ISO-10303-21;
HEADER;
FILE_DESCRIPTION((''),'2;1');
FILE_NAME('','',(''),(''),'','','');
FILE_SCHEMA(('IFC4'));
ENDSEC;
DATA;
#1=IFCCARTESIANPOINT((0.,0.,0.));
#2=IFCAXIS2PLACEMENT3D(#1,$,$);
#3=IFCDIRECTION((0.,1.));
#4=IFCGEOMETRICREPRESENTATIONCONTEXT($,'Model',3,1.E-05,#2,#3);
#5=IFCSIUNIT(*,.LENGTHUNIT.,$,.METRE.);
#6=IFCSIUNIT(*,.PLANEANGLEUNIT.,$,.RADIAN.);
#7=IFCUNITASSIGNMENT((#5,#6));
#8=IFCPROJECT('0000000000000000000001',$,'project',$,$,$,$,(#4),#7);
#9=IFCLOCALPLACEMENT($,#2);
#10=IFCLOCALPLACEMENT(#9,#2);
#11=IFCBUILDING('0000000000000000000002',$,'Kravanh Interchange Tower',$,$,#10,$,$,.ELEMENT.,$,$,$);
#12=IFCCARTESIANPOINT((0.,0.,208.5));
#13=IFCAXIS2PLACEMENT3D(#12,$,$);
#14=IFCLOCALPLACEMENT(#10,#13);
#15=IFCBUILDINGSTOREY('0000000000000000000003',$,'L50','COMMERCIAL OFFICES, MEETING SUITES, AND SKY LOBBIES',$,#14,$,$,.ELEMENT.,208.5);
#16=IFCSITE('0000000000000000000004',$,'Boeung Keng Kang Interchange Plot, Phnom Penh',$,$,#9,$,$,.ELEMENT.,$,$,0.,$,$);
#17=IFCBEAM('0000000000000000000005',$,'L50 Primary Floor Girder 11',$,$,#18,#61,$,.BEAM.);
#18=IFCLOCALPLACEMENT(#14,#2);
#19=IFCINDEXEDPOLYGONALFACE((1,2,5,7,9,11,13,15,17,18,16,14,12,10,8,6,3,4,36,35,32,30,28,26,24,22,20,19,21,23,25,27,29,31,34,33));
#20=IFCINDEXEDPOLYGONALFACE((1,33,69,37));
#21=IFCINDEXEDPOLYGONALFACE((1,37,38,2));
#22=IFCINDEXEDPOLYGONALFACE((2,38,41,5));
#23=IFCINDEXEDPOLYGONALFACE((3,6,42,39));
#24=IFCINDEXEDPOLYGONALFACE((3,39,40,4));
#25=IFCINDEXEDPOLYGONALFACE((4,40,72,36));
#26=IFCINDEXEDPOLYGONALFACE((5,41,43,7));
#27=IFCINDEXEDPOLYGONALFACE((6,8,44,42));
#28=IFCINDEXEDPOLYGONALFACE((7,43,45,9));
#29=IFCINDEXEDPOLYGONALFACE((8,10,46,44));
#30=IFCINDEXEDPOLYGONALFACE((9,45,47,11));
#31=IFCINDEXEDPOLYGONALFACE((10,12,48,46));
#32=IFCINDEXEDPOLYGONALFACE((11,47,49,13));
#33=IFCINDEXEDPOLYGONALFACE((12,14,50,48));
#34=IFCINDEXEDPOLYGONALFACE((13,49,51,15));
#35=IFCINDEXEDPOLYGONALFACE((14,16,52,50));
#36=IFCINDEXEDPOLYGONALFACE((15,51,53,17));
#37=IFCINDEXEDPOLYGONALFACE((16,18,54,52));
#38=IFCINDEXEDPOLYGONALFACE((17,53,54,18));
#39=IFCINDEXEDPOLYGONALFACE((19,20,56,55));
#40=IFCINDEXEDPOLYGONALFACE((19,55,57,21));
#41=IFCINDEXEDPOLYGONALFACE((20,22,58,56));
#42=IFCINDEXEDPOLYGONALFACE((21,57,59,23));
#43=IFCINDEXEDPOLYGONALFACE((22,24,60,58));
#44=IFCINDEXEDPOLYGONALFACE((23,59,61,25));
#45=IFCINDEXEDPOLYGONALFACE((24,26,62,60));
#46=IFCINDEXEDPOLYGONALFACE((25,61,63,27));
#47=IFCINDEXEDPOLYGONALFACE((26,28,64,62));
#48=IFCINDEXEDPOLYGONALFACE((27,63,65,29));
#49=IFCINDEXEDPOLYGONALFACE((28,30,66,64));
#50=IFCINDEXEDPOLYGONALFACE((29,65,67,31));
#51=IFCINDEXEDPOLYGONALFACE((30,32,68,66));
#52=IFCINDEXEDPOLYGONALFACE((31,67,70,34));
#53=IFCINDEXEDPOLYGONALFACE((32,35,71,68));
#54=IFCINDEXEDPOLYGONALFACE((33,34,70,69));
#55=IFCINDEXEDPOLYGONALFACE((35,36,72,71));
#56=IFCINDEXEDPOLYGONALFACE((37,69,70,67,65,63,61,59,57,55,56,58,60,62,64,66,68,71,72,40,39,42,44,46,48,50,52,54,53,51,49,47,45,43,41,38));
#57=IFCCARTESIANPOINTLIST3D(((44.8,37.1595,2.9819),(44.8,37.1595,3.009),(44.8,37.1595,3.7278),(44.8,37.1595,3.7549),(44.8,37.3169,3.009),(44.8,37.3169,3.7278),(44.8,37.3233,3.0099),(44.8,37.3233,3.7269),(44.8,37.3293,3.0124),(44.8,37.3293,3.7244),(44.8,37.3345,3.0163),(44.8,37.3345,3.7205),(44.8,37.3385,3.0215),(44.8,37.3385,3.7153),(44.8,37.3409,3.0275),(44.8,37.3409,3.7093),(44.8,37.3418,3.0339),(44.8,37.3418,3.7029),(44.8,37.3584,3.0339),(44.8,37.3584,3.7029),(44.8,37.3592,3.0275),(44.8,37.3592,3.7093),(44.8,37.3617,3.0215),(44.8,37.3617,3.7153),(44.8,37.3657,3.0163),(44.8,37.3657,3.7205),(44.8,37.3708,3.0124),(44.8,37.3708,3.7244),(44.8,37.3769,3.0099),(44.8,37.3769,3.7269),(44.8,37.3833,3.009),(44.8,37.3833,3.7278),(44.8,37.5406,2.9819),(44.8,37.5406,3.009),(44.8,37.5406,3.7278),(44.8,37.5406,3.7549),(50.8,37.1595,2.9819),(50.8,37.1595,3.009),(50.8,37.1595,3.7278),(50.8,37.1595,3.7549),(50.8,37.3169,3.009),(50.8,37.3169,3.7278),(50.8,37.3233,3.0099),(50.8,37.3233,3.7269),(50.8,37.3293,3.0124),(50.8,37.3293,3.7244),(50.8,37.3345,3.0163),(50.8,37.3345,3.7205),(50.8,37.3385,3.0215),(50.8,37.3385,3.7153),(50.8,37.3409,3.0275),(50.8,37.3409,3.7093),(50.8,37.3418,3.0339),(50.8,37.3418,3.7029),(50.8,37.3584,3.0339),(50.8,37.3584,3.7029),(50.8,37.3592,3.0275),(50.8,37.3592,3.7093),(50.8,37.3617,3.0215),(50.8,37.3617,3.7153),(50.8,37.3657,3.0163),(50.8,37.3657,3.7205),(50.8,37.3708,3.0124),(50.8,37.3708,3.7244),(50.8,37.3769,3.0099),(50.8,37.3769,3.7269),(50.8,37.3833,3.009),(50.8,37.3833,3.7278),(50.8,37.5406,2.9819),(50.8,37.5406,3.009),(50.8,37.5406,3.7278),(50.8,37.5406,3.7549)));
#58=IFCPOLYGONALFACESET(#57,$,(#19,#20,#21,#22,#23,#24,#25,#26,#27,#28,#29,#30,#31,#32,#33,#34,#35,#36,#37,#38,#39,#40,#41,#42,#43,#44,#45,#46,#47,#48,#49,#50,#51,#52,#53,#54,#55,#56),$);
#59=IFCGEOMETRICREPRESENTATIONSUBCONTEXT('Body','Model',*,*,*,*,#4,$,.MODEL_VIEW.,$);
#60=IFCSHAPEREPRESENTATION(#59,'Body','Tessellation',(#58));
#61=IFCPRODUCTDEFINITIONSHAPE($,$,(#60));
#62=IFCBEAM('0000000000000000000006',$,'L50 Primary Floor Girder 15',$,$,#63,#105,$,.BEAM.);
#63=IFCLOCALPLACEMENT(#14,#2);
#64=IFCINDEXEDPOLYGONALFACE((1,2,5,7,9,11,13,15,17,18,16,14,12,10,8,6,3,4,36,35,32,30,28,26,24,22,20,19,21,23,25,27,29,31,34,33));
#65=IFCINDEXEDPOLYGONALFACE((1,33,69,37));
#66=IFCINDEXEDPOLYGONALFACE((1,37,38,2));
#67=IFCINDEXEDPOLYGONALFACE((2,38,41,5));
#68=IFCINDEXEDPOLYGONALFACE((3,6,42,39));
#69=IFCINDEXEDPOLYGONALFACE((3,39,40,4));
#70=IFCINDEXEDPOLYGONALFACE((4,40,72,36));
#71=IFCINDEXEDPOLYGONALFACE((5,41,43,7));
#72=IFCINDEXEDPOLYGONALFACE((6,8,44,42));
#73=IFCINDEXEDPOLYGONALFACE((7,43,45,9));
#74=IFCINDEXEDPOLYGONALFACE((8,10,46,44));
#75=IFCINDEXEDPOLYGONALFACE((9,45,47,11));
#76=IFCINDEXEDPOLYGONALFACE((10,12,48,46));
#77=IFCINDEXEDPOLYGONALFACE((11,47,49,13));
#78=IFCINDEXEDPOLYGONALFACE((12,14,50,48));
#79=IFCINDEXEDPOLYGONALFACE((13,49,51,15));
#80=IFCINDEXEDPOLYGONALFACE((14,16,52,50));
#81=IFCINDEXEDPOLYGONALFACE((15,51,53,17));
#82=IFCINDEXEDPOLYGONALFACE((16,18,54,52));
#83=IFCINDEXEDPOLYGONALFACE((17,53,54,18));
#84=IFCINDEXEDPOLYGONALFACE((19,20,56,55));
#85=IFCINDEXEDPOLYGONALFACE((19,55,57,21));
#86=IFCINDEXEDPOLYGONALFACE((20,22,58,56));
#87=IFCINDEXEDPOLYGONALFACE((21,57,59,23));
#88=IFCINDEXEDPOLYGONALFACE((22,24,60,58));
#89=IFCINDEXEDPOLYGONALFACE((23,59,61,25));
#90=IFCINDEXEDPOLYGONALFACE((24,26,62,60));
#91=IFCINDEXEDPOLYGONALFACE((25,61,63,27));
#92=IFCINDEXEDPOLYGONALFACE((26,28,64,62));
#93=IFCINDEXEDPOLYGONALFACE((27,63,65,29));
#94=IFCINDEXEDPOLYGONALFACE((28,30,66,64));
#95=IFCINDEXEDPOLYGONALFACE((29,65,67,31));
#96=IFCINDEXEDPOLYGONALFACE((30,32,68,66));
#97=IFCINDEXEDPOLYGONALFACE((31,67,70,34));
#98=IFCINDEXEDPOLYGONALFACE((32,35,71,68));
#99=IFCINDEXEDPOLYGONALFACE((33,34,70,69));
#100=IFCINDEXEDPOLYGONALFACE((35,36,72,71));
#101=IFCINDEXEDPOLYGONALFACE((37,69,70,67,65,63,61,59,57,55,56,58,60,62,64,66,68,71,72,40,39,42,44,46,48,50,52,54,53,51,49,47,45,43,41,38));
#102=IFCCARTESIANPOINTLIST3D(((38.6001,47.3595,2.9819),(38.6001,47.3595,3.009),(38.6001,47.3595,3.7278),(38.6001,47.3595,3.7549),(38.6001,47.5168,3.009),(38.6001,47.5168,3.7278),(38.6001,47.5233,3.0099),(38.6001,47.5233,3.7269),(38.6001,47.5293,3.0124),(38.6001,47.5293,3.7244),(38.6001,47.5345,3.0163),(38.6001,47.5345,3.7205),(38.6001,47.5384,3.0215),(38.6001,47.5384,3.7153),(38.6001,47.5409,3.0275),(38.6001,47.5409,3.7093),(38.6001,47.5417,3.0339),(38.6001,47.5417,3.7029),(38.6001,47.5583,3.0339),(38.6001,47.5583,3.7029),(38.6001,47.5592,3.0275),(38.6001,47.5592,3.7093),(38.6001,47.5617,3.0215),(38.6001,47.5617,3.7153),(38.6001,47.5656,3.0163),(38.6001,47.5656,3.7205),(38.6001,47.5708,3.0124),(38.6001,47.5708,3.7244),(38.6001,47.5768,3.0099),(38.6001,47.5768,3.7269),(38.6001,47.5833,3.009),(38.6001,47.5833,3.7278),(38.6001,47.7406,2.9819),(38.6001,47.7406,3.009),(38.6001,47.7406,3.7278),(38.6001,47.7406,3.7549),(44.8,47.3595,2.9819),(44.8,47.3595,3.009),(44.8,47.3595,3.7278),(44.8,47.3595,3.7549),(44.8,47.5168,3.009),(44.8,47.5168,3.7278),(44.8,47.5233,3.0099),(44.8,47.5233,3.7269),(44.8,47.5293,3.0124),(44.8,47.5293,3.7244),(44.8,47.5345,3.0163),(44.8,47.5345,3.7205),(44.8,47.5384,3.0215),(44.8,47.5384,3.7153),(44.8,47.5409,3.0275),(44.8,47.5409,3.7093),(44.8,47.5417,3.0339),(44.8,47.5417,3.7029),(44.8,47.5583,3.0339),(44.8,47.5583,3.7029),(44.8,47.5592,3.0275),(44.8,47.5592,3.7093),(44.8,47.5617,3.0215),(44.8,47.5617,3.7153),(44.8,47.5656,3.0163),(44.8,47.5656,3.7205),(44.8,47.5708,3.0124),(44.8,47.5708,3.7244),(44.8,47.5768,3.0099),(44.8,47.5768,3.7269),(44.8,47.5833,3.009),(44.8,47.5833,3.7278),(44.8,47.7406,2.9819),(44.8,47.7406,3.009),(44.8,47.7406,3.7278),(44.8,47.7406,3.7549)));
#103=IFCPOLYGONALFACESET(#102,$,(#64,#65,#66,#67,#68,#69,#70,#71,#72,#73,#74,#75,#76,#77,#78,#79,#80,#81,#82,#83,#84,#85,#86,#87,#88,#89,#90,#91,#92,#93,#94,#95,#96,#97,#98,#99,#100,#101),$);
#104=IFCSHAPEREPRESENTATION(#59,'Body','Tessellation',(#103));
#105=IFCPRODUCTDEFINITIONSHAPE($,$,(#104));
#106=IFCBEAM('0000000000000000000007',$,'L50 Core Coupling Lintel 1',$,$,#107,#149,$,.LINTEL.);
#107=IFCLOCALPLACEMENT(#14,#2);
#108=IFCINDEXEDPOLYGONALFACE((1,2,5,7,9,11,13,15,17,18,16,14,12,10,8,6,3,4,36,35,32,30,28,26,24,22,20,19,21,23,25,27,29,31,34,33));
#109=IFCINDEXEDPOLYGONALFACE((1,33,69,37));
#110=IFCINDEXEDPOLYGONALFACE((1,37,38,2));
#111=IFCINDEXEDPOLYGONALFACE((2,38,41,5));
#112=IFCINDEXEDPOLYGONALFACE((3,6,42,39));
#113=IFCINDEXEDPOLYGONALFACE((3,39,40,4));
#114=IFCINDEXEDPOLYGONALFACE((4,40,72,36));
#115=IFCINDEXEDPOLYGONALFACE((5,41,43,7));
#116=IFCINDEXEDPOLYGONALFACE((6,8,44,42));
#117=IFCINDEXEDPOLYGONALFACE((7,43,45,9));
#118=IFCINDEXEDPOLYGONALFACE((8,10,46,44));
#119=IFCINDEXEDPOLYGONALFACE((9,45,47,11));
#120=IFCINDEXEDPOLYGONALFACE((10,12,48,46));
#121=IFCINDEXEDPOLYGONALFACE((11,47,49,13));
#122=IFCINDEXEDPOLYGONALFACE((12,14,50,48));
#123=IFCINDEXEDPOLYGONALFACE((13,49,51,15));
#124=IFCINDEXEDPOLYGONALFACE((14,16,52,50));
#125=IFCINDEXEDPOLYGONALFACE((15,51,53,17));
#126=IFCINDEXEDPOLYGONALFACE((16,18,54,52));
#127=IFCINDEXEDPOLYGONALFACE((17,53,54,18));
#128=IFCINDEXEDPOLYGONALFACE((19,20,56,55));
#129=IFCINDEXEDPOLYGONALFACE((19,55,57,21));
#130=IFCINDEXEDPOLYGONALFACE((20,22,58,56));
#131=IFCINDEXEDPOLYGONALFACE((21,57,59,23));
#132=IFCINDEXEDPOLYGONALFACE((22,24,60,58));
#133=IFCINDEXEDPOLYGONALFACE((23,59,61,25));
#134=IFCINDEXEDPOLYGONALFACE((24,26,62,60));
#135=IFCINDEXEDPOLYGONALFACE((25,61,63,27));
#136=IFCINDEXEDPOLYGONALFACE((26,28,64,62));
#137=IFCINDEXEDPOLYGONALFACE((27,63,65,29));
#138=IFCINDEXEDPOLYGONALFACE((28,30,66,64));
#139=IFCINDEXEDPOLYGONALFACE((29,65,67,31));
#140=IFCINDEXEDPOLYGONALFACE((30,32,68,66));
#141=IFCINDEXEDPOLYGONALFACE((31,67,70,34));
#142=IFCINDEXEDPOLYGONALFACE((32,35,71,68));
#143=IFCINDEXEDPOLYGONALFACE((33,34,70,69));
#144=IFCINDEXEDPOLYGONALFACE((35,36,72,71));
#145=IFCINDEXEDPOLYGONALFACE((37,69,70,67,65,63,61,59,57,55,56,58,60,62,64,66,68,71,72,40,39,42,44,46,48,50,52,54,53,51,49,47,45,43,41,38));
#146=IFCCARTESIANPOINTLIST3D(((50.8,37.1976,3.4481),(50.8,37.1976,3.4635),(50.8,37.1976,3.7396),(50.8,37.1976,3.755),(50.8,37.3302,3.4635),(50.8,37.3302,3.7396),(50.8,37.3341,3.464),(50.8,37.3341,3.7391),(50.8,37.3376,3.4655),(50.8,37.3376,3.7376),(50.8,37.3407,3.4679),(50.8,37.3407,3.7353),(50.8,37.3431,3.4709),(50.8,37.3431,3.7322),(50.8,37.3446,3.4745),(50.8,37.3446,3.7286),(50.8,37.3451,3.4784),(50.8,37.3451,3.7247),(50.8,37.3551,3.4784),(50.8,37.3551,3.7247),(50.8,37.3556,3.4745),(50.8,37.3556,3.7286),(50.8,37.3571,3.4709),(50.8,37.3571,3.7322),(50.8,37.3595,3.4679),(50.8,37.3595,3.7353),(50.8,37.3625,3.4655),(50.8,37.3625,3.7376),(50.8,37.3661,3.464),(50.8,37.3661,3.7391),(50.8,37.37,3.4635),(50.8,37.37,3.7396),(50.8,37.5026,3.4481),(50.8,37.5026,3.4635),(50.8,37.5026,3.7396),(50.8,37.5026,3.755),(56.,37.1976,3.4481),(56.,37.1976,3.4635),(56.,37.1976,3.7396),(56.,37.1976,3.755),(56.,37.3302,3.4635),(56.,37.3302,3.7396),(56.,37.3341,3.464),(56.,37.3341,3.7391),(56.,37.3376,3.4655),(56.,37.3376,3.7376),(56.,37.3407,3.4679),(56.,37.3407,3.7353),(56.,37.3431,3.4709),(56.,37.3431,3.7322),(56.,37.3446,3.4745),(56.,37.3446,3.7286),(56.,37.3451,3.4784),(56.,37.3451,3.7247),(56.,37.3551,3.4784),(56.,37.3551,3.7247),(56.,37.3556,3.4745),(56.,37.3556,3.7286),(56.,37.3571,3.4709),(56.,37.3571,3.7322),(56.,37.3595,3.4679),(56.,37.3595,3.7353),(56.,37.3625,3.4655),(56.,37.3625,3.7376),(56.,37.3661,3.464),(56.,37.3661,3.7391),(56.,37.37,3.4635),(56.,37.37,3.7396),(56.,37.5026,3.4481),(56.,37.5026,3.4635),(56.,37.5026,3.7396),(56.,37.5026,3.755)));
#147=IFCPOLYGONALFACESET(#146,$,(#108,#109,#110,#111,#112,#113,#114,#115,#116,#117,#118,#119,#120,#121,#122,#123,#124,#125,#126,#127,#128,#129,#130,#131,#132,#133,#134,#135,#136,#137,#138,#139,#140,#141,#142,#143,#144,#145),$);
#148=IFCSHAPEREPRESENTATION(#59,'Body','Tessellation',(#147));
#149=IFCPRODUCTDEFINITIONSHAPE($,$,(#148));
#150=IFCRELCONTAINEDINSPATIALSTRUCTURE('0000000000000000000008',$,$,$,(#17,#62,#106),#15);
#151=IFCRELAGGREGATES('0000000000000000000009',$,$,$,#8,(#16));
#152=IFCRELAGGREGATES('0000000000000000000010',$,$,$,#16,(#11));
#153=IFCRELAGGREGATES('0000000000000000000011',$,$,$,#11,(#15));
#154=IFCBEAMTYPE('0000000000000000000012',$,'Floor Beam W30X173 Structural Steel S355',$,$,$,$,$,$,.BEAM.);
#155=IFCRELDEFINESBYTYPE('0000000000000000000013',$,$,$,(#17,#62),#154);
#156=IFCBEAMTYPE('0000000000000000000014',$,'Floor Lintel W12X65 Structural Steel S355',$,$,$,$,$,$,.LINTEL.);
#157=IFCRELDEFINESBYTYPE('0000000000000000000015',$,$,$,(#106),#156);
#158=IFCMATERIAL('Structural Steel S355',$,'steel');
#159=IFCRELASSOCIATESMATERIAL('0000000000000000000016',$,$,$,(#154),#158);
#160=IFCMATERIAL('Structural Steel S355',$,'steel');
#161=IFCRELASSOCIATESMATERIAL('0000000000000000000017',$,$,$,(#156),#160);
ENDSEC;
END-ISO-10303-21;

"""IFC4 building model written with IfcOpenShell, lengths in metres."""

from ifc_helpers import new_model, si_unit, direction, frame, origin, origin_2d, place, context, subcontext, project, spatial, i_section, extrude, material, material_profile, profile_set, type_object, element, save


model = new_model("IFC4")

# Units and contexts
model_context = context("Model", 3, precision=1e-05, world=origin(), true_north=direction((0.0, 1.0)))
body_context = subcontext(model_context, "Body", "Model", "MODEL_VIEW")
ifc_project = project(units=[si_unit("LENGTHUNIT", "METRE"), si_unit("PLANEANGLEUNIT", "RADIAN")], contexts=[model_context])

# Site, building, storey
site_placement = place(None, origin())
site = spatial("IfcSite", under=ifc_project, at=site_placement, Name="Boeung Keng Kang Interchange Plot, Phnom Penh", CompositionType="ELEMENT", RefElevation=0.0)
building_placement = place(site_placement, origin())
building = spatial("IfcBuilding", under=site, at=building_placement, Name="Kravanh Interchange Tower", CompositionType="ELEMENT")
storey_placement = place(building_placement, frame((0.0, 0.0, 208.5)))
storey = spatial("IfcBuildingStorey", under=building, at=storey_placement, Name="L50", Description="COMMERCIAL OFFICES, MEETING SUITES, AND SKY LOBBIES", CompositionType="ELEMENT", Elevation=208.5)

# Beams
ifc_material_1 = material(Name="Structural Steel S355", Category="steel")
ifc_material_profile_1 = material_profile(ifc_material_1, i_section(OverallWidth=0.3811, OverallDepth=0.7729, WebThickness=0.0166, FlangeThickness=0.0271, FilletRadius=0.0249, at=origin_2d()), Name="W30X173")
ifc_profile_set_1 = profile_set([ifc_material_profile_1], Name="Structural Steel S355")
beam_type_1 = type_object("IfcBeamType", Name="Floor Beam W30X173 Structural Steel S355", PredefinedType="BEAM", material=ifc_profile_set_1)
beam_1_placement = place(storey_placement, frame((50.8, 37.3501, 3.3684), z_axis=(-1.0, 0.0, 0.0), x_axis=(0.0, -1.0, 0.0)))
element("IfcBeam", 1, at=beam_1_placement, inside=storey, type_object=beam_type_1, Name="L50 Primary Floor Girder 11", PredefinedType="BEAM", context=body_context, shape_type="SweptSolid", body=[
    extrude(i_section(OverallWidth=0.3811, OverallDepth=0.7729, WebThickness=0.0166, FlangeThickness=0.0271, FilletRadius=0.0249, at=origin_2d()), origin(), (0.0, 0.0, 1.0), 6.0),
])
beam_2_placement = place(storey_placement, frame((44.8, 47.55, 3.3684), z_axis=(-1.0, 0.0, 0.0), x_axis=(0.0, -1.0, 0.0)))
element("IfcBeam", 2, at=beam_2_placement, inside=storey, type_object=beam_type_1, Name="L50 Primary Floor Girder 15", PredefinedType="BEAM", context=body_context, shape_type="SweptSolid", body=[
    extrude(i_section(OverallWidth=0.3811, OverallDepth=0.7729, WebThickness=0.0166, FlangeThickness=0.0271, FilletRadius=0.0249, at=origin_2d()), origin(), (0.0, 0.0, 1.0), 6.2),
])
ifc_material_2 = material(Name="Structural Steel S355", Category="steel")
ifc_material_profile_2 = material_profile(ifc_material_2, i_section(OverallWidth=0.3049, OverallDepth=0.3069, WebThickness=0.01, FlangeThickness=0.0154, FilletRadius=0.0149, at=origin_2d()), Name="W12X65")
ifc_profile_set_2 = profile_set([ifc_material_profile_2], Name="Structural Steel S355")
beam_type_2 = type_object("IfcBeamType", Name="Floor Lintel W12X65 Structural Steel S355", PredefinedType="LINTEL", material=ifc_profile_set_2)
beam_3_placement = place(storey_placement, frame((50.8, 37.3501, 3.6016), z_axis=(1.0, 0.0, 0.0), x_axis=(0.0, 1.0, 0.0)))
element("IfcBeam", 3, at=beam_3_placement, inside=storey, type_object=beam_type_2, Name="L50 Core Coupling Lintel 1", PredefinedType="LINTEL", context=body_context, shape_type="SweptSolid", body=[
    extrude(i_section(OverallWidth=0.3049, OverallDepth=0.3069, WebThickness=0.01, FlangeThickness=0.0154, FilletRadius=0.0149, at=origin_2d()), origin(), (0.0, 0.0, 1.0), 5.2),
])

save(model, "model.ifc")
